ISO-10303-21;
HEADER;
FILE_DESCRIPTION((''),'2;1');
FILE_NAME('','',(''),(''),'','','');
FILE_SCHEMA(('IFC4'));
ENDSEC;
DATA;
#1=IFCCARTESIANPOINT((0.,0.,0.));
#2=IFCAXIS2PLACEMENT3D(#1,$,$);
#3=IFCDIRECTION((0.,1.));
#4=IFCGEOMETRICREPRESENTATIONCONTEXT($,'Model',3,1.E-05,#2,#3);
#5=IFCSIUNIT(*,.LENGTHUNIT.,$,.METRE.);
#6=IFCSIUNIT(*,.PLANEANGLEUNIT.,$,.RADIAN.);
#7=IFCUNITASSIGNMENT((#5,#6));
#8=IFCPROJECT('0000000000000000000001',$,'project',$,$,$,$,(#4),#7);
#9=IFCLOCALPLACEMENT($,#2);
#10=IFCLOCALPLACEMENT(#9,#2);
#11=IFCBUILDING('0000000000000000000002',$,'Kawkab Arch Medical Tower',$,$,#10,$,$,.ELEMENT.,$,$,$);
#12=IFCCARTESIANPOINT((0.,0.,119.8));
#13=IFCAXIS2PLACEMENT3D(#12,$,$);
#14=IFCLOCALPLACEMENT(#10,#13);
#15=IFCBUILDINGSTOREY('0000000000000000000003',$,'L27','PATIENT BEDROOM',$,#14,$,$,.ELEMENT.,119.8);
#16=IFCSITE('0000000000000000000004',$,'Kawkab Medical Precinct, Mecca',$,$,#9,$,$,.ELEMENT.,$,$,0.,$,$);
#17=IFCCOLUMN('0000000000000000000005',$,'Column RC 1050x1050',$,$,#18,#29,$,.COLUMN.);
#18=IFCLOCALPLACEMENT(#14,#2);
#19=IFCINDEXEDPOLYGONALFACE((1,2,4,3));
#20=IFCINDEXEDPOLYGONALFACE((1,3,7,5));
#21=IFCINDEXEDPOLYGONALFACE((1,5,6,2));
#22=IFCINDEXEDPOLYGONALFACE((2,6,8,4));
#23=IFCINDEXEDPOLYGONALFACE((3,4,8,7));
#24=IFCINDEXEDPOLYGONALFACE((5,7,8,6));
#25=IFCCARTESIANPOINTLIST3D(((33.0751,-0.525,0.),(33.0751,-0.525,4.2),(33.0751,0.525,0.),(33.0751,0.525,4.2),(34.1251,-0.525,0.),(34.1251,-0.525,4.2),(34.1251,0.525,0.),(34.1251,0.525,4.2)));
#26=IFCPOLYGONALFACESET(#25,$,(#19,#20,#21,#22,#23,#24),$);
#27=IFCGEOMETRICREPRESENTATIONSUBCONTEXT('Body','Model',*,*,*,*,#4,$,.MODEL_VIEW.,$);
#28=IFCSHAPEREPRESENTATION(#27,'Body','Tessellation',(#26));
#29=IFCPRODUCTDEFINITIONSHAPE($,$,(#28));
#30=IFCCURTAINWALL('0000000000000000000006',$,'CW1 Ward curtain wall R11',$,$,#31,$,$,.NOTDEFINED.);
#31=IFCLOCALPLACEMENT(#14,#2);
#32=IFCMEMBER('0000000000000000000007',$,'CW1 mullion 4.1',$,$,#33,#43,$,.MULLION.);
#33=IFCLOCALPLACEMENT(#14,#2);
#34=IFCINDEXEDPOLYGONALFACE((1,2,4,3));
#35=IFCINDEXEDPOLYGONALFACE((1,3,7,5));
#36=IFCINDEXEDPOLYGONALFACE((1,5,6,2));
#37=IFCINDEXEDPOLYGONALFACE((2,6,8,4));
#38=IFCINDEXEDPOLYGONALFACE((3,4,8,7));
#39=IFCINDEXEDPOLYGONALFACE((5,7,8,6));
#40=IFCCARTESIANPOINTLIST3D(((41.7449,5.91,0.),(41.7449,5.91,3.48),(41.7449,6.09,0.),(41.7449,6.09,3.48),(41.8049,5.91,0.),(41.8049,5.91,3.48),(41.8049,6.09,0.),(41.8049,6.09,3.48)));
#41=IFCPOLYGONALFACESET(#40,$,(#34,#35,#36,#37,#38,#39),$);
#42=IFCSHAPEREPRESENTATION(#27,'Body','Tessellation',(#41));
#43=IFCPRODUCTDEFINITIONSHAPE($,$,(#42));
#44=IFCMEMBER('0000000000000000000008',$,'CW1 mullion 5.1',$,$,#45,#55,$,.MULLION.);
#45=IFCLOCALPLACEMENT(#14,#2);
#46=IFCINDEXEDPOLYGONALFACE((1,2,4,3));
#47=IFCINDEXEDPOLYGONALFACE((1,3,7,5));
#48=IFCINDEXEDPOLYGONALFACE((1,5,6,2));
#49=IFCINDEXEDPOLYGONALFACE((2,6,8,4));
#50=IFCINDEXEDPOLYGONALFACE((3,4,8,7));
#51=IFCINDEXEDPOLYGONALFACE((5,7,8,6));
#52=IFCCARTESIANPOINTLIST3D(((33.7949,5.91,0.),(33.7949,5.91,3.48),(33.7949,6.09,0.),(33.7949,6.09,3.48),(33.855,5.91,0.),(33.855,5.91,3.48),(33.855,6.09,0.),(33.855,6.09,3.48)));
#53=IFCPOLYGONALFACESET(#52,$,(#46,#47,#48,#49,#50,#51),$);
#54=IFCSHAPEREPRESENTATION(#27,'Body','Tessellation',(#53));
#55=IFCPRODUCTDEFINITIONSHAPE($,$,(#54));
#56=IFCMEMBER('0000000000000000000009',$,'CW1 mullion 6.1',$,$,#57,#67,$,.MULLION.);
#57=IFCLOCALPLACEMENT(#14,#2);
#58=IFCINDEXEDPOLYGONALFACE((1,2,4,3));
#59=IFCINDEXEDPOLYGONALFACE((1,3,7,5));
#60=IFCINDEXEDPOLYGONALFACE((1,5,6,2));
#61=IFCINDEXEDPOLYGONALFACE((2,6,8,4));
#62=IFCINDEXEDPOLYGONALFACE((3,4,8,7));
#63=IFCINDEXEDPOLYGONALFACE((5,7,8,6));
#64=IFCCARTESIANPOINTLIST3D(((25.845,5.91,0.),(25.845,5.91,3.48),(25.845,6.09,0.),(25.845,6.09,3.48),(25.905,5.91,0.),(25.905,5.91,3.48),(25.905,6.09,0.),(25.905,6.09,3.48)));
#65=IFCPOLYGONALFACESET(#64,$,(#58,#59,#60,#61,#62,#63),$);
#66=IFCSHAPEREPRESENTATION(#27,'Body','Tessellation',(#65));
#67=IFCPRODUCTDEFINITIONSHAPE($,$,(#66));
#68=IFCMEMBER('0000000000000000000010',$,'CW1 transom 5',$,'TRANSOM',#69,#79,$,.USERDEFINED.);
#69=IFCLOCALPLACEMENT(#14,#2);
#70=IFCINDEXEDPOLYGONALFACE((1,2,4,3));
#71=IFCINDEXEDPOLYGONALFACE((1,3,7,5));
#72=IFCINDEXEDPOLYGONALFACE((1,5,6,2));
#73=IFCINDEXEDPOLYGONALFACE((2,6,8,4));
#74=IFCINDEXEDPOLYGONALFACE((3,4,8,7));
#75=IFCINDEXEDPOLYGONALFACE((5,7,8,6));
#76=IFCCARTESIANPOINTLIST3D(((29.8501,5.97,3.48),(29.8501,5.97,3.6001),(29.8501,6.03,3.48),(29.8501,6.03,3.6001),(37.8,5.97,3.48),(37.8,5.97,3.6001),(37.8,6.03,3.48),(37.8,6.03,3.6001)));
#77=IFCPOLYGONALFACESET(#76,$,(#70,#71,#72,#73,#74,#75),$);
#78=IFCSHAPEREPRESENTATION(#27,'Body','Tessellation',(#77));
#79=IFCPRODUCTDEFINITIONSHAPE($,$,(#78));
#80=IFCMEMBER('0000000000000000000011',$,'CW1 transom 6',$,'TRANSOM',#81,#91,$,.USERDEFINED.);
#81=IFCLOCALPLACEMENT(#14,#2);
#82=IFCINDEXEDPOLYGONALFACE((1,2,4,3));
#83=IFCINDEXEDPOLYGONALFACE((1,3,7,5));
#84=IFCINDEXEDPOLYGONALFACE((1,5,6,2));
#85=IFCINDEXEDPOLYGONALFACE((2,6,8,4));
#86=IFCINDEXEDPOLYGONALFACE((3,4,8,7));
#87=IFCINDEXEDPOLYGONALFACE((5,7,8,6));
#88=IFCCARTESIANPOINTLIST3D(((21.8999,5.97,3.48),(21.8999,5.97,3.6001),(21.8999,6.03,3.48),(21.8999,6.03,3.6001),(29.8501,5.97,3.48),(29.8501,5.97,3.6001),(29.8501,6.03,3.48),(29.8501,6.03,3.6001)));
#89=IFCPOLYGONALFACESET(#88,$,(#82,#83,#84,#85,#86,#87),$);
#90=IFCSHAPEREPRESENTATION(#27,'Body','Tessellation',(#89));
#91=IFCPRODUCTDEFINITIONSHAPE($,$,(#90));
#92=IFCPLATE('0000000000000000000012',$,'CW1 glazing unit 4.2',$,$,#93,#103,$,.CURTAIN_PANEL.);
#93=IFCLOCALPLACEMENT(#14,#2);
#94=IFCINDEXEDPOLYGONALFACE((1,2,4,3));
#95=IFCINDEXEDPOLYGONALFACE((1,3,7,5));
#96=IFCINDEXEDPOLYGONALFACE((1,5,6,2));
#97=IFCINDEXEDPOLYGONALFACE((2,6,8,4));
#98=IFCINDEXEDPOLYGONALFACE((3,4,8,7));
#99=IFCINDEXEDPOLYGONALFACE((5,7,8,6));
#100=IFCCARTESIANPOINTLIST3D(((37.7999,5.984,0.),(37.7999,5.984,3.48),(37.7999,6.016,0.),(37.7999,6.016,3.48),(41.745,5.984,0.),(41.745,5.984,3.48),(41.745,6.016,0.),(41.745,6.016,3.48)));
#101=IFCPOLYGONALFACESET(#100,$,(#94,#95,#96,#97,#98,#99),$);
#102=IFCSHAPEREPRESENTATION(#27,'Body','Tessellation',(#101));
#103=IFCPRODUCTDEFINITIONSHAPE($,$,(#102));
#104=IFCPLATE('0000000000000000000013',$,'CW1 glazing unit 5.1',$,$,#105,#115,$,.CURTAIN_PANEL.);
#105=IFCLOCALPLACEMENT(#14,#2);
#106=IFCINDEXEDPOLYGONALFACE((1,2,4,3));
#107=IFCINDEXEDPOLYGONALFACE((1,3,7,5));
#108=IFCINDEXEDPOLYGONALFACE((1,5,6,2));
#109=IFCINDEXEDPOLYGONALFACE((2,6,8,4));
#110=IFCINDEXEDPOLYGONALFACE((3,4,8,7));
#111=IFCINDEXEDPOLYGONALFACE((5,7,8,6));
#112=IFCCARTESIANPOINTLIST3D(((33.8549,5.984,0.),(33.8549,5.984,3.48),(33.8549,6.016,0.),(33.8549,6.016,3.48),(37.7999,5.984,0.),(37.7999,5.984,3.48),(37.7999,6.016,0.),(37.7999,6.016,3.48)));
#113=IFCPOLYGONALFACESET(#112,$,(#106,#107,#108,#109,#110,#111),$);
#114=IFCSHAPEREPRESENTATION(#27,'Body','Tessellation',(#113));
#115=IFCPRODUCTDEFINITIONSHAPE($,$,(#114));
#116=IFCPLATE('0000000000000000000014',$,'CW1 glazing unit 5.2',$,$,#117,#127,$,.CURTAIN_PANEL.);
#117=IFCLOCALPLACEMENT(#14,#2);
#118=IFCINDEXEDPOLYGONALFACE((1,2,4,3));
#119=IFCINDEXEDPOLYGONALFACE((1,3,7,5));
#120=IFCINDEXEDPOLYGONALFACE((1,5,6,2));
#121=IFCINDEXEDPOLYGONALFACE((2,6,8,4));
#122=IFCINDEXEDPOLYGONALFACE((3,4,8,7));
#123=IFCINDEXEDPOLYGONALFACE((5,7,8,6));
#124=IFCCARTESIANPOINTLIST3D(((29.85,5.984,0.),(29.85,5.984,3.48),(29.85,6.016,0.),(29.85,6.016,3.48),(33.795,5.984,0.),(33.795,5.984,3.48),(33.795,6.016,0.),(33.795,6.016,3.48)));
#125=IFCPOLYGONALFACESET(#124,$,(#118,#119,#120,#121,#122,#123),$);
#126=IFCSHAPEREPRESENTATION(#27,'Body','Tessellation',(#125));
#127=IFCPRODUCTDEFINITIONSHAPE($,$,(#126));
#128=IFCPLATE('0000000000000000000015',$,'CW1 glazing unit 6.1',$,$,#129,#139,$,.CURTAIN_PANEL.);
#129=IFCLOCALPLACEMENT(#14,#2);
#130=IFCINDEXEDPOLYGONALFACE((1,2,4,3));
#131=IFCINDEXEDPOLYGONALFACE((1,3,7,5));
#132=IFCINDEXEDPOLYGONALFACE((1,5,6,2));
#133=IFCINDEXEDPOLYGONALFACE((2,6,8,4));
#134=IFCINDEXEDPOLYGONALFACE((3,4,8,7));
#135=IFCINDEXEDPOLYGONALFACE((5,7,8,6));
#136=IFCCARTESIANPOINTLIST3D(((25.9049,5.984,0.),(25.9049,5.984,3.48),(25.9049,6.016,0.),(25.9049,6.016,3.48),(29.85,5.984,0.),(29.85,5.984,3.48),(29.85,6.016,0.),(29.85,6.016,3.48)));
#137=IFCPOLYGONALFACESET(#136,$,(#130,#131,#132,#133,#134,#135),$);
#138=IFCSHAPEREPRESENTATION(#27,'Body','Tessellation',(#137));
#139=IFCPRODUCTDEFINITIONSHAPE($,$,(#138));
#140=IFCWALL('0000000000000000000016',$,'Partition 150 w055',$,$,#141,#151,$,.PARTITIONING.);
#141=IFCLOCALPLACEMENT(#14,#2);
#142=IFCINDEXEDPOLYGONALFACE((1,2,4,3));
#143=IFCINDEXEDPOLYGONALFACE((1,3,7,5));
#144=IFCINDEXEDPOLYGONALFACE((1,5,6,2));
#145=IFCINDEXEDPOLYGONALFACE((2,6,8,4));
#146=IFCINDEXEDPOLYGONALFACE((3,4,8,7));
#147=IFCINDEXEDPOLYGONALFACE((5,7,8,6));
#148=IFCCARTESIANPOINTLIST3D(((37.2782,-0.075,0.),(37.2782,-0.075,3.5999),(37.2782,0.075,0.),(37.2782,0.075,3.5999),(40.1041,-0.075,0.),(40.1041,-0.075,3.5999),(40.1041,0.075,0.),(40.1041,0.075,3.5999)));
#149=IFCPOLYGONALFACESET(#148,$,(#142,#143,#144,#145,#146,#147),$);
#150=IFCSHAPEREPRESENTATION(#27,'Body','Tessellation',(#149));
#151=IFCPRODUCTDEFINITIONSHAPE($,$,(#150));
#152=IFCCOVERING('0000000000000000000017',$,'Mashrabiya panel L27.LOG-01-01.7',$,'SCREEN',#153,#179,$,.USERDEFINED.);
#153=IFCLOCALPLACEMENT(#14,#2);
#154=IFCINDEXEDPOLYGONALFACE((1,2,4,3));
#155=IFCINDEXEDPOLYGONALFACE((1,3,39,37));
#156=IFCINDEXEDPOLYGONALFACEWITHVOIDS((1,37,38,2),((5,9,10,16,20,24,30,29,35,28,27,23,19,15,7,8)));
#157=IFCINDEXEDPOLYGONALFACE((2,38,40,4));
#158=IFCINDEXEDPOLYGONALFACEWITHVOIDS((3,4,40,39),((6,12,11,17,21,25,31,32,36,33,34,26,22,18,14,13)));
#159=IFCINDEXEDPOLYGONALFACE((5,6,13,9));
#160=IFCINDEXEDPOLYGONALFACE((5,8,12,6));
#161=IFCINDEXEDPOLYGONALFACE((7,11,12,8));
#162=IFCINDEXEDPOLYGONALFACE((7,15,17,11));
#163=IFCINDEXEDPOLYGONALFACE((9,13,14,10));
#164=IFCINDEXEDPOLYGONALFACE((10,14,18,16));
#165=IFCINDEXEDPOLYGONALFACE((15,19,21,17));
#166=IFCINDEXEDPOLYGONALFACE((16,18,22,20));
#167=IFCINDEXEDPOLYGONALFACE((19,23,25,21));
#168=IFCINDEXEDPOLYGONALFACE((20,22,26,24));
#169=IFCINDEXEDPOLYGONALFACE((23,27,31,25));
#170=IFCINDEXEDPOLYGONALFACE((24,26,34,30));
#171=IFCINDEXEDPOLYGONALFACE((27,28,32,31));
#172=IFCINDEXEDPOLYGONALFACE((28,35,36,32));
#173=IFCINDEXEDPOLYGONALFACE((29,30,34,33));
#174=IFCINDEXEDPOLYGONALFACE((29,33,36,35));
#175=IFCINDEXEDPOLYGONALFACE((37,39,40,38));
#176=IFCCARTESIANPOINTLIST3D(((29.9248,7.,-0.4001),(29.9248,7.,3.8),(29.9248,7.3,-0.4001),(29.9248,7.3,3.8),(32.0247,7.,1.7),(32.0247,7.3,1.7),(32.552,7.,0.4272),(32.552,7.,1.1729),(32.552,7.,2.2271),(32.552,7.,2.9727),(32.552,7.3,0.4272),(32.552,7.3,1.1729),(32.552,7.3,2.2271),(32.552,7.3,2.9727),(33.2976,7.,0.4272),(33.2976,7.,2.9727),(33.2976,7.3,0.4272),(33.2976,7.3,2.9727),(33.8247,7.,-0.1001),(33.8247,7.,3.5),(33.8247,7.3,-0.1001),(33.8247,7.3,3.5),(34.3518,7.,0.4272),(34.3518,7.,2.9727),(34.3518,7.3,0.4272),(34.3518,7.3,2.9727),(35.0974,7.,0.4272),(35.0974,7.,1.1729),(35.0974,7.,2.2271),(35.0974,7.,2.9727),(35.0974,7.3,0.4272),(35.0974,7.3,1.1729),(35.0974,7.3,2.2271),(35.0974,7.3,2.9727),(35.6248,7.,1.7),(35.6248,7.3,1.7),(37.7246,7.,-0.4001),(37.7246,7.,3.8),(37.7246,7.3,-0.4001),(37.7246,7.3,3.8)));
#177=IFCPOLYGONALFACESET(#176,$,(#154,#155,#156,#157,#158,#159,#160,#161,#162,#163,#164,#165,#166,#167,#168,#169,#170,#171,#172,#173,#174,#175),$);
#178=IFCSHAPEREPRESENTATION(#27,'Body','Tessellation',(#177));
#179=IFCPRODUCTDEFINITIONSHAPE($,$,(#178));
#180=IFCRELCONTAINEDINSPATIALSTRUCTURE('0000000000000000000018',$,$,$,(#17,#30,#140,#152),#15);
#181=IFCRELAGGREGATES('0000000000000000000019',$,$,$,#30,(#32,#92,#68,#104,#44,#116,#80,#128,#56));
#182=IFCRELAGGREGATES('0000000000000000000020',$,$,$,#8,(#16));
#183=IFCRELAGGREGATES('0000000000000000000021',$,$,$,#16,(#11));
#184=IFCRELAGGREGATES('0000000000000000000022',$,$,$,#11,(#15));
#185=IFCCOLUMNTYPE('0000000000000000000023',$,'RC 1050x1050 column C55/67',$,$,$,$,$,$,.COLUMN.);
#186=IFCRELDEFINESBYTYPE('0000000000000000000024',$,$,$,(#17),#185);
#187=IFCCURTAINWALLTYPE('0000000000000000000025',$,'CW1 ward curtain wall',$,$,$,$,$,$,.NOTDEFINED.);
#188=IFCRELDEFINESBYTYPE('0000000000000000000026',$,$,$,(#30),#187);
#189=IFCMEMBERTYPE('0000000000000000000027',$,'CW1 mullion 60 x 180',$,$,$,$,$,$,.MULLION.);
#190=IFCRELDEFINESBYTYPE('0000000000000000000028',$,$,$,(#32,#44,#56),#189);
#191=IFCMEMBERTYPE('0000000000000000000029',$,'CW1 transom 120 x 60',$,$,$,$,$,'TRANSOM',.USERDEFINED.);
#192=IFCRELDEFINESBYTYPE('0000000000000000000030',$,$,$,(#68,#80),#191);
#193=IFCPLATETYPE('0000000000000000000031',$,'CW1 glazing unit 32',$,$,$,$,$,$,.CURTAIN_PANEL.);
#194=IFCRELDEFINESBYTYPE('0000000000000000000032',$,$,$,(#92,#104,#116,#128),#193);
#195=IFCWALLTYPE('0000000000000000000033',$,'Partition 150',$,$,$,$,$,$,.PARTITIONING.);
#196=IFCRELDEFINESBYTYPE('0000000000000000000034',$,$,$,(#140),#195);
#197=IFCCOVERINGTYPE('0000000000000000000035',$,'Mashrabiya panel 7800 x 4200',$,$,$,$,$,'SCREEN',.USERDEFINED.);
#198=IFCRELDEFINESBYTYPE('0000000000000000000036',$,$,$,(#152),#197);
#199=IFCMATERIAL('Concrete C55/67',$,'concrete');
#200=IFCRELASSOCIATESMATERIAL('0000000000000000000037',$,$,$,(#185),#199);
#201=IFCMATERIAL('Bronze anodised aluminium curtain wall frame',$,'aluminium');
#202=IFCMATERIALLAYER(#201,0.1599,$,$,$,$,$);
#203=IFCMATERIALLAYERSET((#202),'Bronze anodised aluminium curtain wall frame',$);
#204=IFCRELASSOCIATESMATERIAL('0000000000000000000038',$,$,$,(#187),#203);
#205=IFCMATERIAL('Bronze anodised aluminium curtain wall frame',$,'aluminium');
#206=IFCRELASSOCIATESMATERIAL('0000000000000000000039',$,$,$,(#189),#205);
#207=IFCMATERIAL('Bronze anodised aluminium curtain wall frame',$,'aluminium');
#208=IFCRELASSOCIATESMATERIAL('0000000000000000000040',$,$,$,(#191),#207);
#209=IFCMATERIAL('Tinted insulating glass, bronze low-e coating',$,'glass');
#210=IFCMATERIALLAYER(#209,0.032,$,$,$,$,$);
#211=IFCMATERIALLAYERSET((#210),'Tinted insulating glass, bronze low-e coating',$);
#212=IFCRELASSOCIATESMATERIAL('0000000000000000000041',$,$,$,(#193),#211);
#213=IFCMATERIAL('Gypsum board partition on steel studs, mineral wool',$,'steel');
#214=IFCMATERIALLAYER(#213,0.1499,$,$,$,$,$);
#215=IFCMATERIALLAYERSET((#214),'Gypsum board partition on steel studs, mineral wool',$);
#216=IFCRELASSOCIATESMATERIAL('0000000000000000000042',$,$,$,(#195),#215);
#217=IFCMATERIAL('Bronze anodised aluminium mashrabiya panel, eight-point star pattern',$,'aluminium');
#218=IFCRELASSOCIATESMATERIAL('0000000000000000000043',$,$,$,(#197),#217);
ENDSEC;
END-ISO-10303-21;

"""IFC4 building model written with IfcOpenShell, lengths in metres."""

from ifc_helpers import new_model, si_unit, direction, frame, frame_2d, origin, origin_2d, place, context, subcontext, project, spatial, polyline, rectangle, outline, extrude, material, layer, layer_set, material_profile, profile_set, type_object, element, aggregate, save


model = new_model("IFC4")

# Units and contexts
model_context = context("Model", 3, precision=1e-05, world=origin(), true_north=direction((0.0, 1.0)))
body_context = subcontext(model_context, "Body", "Model", "MODEL_VIEW")
ifc_project = project(units=[si_unit("LENGTHUNIT", "METRE"), si_unit("PLANEANGLEUNIT", "RADIAN")], contexts=[model_context])

# Site, building, storey
site_placement = place(None, origin())
site = spatial("IfcSite", under=ifc_project, at=site_placement, Name="Kawkab Medical Precinct, Mecca", CompositionType="ELEMENT", RefElevation=0.0)
building_placement = place(site_placement, origin())
building = spatial("IfcBuilding", under=site, at=building_placement, Name="Kawkab Arch Medical Tower", CompositionType="ELEMENT")
storey_placement = place(building_placement, frame((0.0, 0.0, 119.8)))
storey = spatial("IfcBuildingStorey", under=building, at=storey_placement, Name="L27", Description="PATIENT BEDROOM", CompositionType="ELEMENT", Elevation=119.8)

# Column
ifc_material_1 = material(Name="Concrete C55/67", Category="concrete")
ifc_material_profile_1 = material_profile(ifc_material_1, rectangle(XDim=1.05, YDim=1.05, at=origin_2d()), Name="RC 1050x1050")
ifc_profile_set_1 = profile_set([ifc_material_profile_1], Name="Concrete C55/67")
column_type = type_object("IfcColumnType", Name="RC 1050x1050 column C55/67", PredefinedType="COLUMN", material=ifc_profile_set_1)
column_placement = place(storey_placement, frame((33.6001, 0.0, 0.0), z_axis=(0.0, 0.0, 1.0), x_axis=(1.0, 0.0, 0.0)))
element("IfcColumn", 1, at=column_placement, inside=storey, type_object=column_type, Name="Column RC 1050x1050", PredefinedType="COLUMN", context=body_context, shape_type="SweptSolid", body=[
    extrude(rectangle(XDim=1.05, YDim=1.05, at=origin_2d()), origin(), (0.0, 0.0, 1.0), 4.2),
])

# Curtain wall, members, plates
ifc_material_2 = material(Name="Bronze anodised aluminium curtain wall frame", Category="aluminium")
ifc_layer_1 = layer(ifc_material_2, 0.1599)
ifc_layer_set_1 = layer_set([ifc_layer_1], Name="Bronze anodised aluminium curtain wall frame")
curtain_wall_type = type_object("IfcCurtainWallType", Name="CW1 ward curtain wall", PredefinedType="NOTDEFINED", material=ifc_layer_set_1)
curtain_wall_placement = place(storey_placement, origin())
curtain_wall = element("IfcCurtainWall", 2, at=curtain_wall_placement, inside=storey, type_object=curtain_wall_type, Name="CW1 Ward curtain wall R11", PredefinedType="NOTDEFINED")
ifc_material_3 = material(Name="Bronze anodised aluminium curtain wall frame", Category="aluminium")
ifc_material_profile_2 = material_profile(ifc_material_3, rectangle(XDim=0.1799, YDim=0.0601, at=origin_2d()), Name="AL 60x180")
ifc_profile_set_2 = profile_set([ifc_material_profile_2], Name="Bronze anodised aluminium curtain wall frame")
member_type_1 = type_object("IfcMemberType", Name="CW1 mullion 60 x 180", PredefinedType="MULLION", material=ifc_profile_set_2)
member_1_placement = place(storey_placement, frame((41.7749, 6.0, 0.0), z_axis=(0.0, 0.0, 1.0), x_axis=(0.0, -1.0, 0.0)))
member_1 = element("IfcMember", 3, at=member_1_placement, type_object=member_type_1, Name="CW1 mullion 4.1", PredefinedType="MULLION", context=body_context, shape_type="SweptSolid", body=[
    extrude(rectangle(XDim=0.1799, YDim=0.0601, at=origin_2d()), origin(), (0.0, 0.0, 1.0), 3.48),
])
member_2_placement = place(storey_placement, frame((33.825, 6.0, 0.0), z_axis=(0.0, 0.0, 1.0), x_axis=(0.0, -1.0, 0.0)))
member_2 = element("IfcMember", 4, at=member_2_placement, type_object=member_type_1, Name="CW1 mullion 5.1", PredefinedType="MULLION", context=body_context, shape_type="SweptSolid", body=[
    extrude(rectangle(XDim=0.1799, YDim=0.0601, at=origin_2d()), origin(), (0.0, 0.0, 1.0), 3.48),
])
member_3_placement = place(storey_placement, frame((25.875, 6.0, 0.0), z_axis=(0.0, 0.0, 1.0), x_axis=(0.0, -1.0, 0.0)))
member_3 = element("IfcMember", 5, at=member_3_placement, type_object=member_type_1, Name="CW1 mullion 6.1", PredefinedType="MULLION", context=body_context, shape_type="SweptSolid", body=[
    extrude(rectangle(XDim=0.1799, YDim=0.0601, at=origin_2d()), origin(), (0.0, 0.0, 1.0), 3.48),
])
ifc_material_4 = material(Name="Bronze anodised aluminium curtain wall frame", Category="aluminium")
ifc_material_profile_3 = material_profile(ifc_material_4, rectangle(XDim=0.0601, YDim=0.1201, at=origin_2d()), Name="AL 60x120")
ifc_profile_set_3 = profile_set([ifc_material_profile_3], Name="Bronze anodised aluminium curtain wall frame")
member_type_2 = type_object("IfcMemberType", Name="CW1 transom 120 x 60", ElementType="TRANSOM", PredefinedType="USERDEFINED", material=ifc_profile_set_3)
member_4_placement = place(storey_placement, frame((37.8, 6.0, 3.54), z_axis=(-1.0, 0.0, 0.0), x_axis=(0.0, -1.0, 0.0)))
member_4 = element("IfcMember", 6, at=member_4_placement, type_object=member_type_2, Name="CW1 transom 5", ObjectType="TRANSOM", PredefinedType="USERDEFINED", context=body_context, shape_type="SweptSolid", body=[
    extrude(rectangle(XDim=0.0601, YDim=0.1201, at=origin_2d()), origin(), (0.0, 0.0, 1.0), 7.95),
])
member_5_placement = place(storey_placement, frame((29.8501, 6.0, 3.54), z_axis=(-1.0, 0.0, 0.0), x_axis=(0.0, -1.0, 0.0)))
member_5 = element("IfcMember", 7, at=member_5_placement, type_object=member_type_2, Name="CW1 transom 6", ObjectType="TRANSOM", PredefinedType="USERDEFINED", context=body_context, shape_type="SweptSolid", body=[
    extrude(rectangle(XDim=0.0601, YDim=0.1201, at=origin_2d()), origin(), (0.0, 0.0, 1.0), 7.9502),
])
ifc_material_5 = material(Name="Tinted insulating glass, bronze low-e coating", Category="glass")
ifc_layer_2 = layer(ifc_material_5, 0.032)
ifc_layer_set_2 = layer_set([ifc_layer_2], Name="Tinted insulating glass, bronze low-e coating")
plate_type = type_object("IfcPlateType", Name="CW1 glazing unit 32", PredefinedType="CURTAIN_PANEL", material=ifc_layer_set_2)
plate_1_placement = place(storey_placement, frame((39.7725, 6.0, 0.0), z_axis=(0.0, 0.0, 1.0), x_axis=(-1.0, 0.0, 0.0)))
plate_1 = element("IfcPlate", 8, at=plate_1_placement, type_object=plate_type, Name="CW1 glazing unit 4.2", PredefinedType="CURTAIN_PANEL", context=body_context, shape_type="SweptSolid", body=[
    extrude(rectangle(XDim=3.9451, YDim=0.032, at=origin_2d()), origin(), (0.0, 0.0, 1.0), 3.48),
])
plate_2_placement = place(storey_placement, frame((35.8274, 6.0, 0.0), z_axis=(0.0, 0.0, 1.0), x_axis=(-1.0, 0.0, 0.0)))
plate_2 = element("IfcPlate", 9, at=plate_2_placement, type_object=plate_type, Name="CW1 glazing unit 5.1", PredefinedType="CURTAIN_PANEL", context=body_context, shape_type="SweptSolid", body=[
    extrude(rectangle(XDim=3.9451, YDim=0.032, at=origin_2d()), origin(), (0.0, 0.0, 1.0), 3.48),
])
plate_3_placement = place(storey_placement, frame((31.8225, 6.0, 0.0), z_axis=(0.0, 0.0, 1.0), x_axis=(-1.0, 0.0, 0.0)))
plate_3 = element("IfcPlate", 10, at=plate_3_placement, type_object=plate_type, Name="CW1 glazing unit 5.2", PredefinedType="CURTAIN_PANEL", context=body_context, shape_type="SweptSolid", body=[
    extrude(rectangle(XDim=3.9451, YDim=0.032, at=origin_2d()), origin(), (0.0, 0.0, 1.0), 3.48),
])
plate_4_placement = place(storey_placement, frame((27.8774, 6.0, 0.0), z_axis=(0.0, 0.0, 1.0), x_axis=(-1.0, 0.0, 0.0)))
plate_4 = element("IfcPlate", 11, at=plate_4_placement, type_object=plate_type, Name="CW1 glazing unit 6.1", PredefinedType="CURTAIN_PANEL", context=body_context, shape_type="SweptSolid", body=[
    extrude(rectangle(XDim=3.9451, YDim=0.032, at=origin_2d()), origin(), (0.0, 0.0, 1.0), 3.48),
])
aggregate(curtain_wall, [member_1, plate_1, member_4, plate_2, member_2, plate_3, member_5, plate_4, member_3])

# Wall
ifc_material_6 = material(Name="Gypsum board partition on steel studs, mineral wool", Category="steel")
ifc_layer_3 = layer(ifc_material_6, 0.1499)
ifc_layer_set_3 = layer_set([ifc_layer_3], Name="Gypsum board partition on steel studs, mineral wool")
wall_type = type_object("IfcWallType", Name="Partition 150", PredefinedType="PARTITIONING", material=ifc_layer_set_3)
wall_placement = place(storey_placement, frame((37.2781, 0.0, 0.0), z_axis=(0.0, 0.0, 1.0), x_axis=(1.0, 0.0, 0.0)))
element("IfcWall", 12, at=wall_placement, inside=storey, type_object=wall_type, Name="Partition 150 w055", PredefinedType="PARTITIONING", context=body_context, shape_type="SweptSolid", body=[
    extrude(rectangle(XDim=2.8259, YDim=0.1499, at=frame_2d((1.4131, 0.0))), origin(), (0.0, 0.0, 1.0), 3.5999),
])

# Covering
ifc_material_7 = material(Name="Bronze anodised aluminium mashrabiya panel, eight-point star pattern", Category="aluminium")
ifc_material_profile_4 = material_profile(ifc_material_7, outline(polyline([(-3.8999, -2.1001), (3.8999, -2.1001), (3.8999, 2.1001), (-3.8999, 2.1001), (-3.8999, -2.1001)]), holes=[polyline([(1.8, 0.0), (1.2727, 0.5271), (1.2727, 1.2727), (0.5271, 1.2727), (0.0, 1.8), (-0.5271, 1.2727), (-1.2727, 1.2727), (-1.2727, 0.5271), (-1.8, 0.0), (-1.2727, -0.5271), (-1.2727, -1.2727), (-0.5271, -1.2727), (0.0, -1.8), (0.5271, -1.2727), (1.2727, -1.2727), (1.2727, -0.5271), (1.8, 0.0)])]), Name="Mashrabiya panel 7800x4200")
ifc_profile_set_4 = profile_set([ifc_material_profile_4], Name="Bronze anodised aluminium mashrabiya panel, eight-point star pattern")
covering_type_1 = type_object("IfcCoveringType", Name="Mashrabiya panel 7800 x 4200", ElementType="SCREEN", PredefinedType="USERDEFINED", material=ifc_profile_set_4)
covering_placement = place(storey_placement, frame((33.8247, 7.0, 1.7), z_axis=(0.0, 1.0, 0.0), x_axis=(-1.0, 0.0, 0.0)))
element("IfcCovering", 13, at=covering_placement, inside=storey, type_object=covering_type_1, Name="Mashrabiya panel L27.LOG-01-01.7", ObjectType="SCREEN", PredefinedType="USERDEFINED", context=body_context, shape_type="SweptSolid", body=[
    extrude(outline(polyline([(-3.8999, -2.1001), (3.8999, -2.1001), (3.8999, 2.1001), (-3.8999, 2.1001), (-3.8999, -2.1001)]), holes=[polyline([(1.8, 0.0), (1.2727, 0.5271), (1.2727, 1.2727), (0.5271, 1.2727), (0.0, 1.8), (-0.5271, 1.2727), (-1.2727, 1.2727), (-1.2727, 0.5271), (-1.8, 0.0), (-1.2727, -0.5271), (-1.2727, -1.2727), (-0.5271, -1.2727), (0.0, -1.8), (0.5271, -1.2727), (1.2727, -1.2727), (1.2727, -0.5271), (1.8, 0.0)])]), origin(), (0.0, 0.0, 1.0), 0.3),
])

save(model, "model.ifc")
